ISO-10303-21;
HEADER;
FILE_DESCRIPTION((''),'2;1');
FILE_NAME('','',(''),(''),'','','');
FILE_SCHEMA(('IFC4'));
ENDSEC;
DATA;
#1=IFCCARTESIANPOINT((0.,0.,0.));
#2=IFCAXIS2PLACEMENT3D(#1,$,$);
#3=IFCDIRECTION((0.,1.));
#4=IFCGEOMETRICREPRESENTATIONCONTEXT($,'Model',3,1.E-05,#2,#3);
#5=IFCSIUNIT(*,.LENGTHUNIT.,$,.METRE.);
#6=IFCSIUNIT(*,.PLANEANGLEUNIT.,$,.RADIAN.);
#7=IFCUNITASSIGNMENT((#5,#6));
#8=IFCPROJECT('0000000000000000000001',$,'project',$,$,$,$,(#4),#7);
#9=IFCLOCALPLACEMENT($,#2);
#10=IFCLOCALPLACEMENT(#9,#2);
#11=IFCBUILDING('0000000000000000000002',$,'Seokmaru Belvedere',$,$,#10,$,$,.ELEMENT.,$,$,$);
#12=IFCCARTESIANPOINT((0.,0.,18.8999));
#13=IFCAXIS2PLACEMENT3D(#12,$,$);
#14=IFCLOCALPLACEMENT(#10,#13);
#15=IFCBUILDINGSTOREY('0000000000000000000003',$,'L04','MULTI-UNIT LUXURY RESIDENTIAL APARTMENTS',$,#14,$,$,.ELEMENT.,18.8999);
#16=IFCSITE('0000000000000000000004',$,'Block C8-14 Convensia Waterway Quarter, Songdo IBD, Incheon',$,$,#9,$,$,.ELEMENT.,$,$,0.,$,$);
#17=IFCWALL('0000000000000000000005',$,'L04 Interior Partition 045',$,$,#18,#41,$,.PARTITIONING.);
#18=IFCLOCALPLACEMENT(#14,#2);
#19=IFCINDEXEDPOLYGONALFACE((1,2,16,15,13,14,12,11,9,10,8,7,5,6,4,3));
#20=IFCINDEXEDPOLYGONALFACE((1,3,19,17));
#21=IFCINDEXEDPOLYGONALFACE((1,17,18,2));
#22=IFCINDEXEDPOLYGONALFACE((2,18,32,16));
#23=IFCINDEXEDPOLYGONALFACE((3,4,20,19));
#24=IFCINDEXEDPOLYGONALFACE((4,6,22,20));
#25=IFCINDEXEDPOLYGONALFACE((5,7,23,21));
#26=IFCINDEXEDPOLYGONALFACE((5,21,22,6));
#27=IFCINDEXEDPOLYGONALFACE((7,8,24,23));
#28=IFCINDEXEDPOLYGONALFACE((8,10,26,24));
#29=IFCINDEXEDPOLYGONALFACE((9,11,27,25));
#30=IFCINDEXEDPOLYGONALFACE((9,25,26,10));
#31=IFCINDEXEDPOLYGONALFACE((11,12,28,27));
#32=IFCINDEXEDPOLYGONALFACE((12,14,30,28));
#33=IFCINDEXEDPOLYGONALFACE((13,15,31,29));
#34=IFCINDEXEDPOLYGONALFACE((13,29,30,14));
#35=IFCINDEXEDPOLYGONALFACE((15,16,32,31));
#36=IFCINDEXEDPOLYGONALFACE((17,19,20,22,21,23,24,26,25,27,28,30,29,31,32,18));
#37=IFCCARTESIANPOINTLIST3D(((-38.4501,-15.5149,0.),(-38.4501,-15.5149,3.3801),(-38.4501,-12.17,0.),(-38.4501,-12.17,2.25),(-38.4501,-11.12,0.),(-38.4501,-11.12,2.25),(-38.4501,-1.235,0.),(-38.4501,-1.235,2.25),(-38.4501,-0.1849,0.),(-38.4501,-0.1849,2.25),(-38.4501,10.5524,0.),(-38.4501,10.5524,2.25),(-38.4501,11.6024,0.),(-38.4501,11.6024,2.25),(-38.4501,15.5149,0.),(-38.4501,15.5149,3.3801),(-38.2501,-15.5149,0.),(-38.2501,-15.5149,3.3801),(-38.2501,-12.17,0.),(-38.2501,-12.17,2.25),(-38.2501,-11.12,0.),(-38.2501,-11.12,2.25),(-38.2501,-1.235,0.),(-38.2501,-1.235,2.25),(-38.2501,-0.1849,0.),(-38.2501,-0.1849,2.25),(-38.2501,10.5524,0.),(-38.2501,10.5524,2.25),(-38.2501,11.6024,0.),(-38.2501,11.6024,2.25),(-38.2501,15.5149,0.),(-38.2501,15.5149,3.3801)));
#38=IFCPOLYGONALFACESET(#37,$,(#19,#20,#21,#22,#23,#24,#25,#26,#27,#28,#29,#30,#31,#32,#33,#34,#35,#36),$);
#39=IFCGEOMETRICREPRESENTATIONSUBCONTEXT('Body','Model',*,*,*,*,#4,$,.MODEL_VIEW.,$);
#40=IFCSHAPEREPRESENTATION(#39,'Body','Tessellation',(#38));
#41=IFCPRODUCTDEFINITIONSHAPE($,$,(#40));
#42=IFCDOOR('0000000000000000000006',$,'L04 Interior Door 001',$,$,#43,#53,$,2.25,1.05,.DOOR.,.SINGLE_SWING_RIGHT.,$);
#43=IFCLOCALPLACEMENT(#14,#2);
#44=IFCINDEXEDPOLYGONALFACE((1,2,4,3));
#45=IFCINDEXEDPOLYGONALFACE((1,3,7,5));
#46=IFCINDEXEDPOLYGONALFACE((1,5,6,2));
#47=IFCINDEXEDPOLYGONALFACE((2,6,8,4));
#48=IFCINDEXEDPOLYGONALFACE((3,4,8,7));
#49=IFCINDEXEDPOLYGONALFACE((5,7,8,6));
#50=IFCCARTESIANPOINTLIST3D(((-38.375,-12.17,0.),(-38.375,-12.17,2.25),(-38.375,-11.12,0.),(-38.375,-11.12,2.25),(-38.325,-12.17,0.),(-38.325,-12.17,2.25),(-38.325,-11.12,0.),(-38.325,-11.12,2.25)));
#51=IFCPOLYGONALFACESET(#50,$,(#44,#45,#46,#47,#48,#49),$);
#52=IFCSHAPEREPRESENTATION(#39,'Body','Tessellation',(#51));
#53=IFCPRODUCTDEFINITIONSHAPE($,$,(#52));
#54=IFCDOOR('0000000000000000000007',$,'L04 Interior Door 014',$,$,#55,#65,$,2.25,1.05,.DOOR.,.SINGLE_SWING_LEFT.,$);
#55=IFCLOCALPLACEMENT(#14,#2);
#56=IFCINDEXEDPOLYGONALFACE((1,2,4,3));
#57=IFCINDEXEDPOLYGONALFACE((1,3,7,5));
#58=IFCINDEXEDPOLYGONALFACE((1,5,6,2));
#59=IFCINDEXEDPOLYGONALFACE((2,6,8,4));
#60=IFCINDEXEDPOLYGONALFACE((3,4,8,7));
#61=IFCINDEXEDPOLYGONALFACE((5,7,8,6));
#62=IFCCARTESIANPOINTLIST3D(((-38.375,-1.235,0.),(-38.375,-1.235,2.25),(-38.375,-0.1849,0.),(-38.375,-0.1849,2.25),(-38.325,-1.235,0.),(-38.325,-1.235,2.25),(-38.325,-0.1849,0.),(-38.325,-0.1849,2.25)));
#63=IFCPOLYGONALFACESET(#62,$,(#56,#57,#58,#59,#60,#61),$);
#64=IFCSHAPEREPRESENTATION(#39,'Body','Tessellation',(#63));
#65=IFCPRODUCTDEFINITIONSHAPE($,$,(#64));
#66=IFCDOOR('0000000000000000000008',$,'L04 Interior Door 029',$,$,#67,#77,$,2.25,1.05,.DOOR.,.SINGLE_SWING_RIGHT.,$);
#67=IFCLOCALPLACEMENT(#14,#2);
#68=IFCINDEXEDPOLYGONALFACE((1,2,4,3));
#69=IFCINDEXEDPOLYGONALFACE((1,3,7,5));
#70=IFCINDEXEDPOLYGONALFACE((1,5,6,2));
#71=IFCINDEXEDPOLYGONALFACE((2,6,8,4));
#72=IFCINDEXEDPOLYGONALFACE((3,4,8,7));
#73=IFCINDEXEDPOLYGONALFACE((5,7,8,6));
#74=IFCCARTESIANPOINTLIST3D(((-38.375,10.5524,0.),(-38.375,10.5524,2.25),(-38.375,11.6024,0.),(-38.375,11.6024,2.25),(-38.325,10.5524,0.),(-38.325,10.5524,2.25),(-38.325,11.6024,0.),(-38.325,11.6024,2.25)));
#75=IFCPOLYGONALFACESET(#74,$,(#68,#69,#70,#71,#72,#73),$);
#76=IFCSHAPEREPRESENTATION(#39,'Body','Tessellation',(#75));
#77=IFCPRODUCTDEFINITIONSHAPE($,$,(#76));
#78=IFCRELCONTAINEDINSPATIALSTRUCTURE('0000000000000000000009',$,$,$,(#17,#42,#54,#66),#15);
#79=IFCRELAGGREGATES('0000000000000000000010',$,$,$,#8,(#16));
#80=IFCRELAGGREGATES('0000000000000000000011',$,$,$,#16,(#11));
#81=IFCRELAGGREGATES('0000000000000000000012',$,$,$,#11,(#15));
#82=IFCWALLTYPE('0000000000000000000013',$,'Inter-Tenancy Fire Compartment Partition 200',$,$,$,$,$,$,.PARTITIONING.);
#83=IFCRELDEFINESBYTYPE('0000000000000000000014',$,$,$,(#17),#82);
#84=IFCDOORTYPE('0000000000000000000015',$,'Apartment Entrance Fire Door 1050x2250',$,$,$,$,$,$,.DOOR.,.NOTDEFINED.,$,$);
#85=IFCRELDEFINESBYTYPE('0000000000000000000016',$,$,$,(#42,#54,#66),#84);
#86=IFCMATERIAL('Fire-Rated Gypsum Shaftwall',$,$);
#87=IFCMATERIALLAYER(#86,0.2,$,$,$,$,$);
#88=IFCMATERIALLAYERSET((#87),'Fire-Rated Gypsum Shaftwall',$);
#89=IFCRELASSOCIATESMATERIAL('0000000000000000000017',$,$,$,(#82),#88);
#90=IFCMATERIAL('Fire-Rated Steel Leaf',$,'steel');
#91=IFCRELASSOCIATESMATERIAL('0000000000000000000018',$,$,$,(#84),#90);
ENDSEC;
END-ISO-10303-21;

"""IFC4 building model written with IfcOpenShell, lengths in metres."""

from ifc_helpers import new_model, si_unit, direction, frame, frame_2d, origin, place, context, subcontext, project, spatial, rectangle, extrude, source, transform, mapped, material, layer, layer_set, type_object, type_shapes, element, fill, save


model = new_model("IFC4")

# Units and contexts
model_context = context("Model", 3, precision=1e-05, world=origin(), true_north=direction((0.0, 1.0)))
body_context = subcontext(model_context, "Body", "Model", "MODEL_VIEW")
ifc_project = project(units=[si_unit("LENGTHUNIT", "METRE"), si_unit("PLANEANGLEUNIT", "RADIAN")], contexts=[model_context])

# Site, building, storey
site_placement = place(None, origin())
site = spatial("IfcSite", under=ifc_project, at=site_placement, Name="Block C8-14 Convensia Waterway Quarter, Songdo IBD, Incheon", CompositionType="ELEMENT", RefElevation=0.0)
building_placement = place(site_placement, origin())
building = spatial("IfcBuilding", under=site, at=building_placement, Name="Seokmaru Belvedere", CompositionType="ELEMENT")
storey_placement = place(building_placement, frame((0.0, 0.0, 18.8999)))
storey = spatial("IfcBuildingStorey", under=building, at=storey_placement, Name="L04", Description="MULTI-UNIT LUXURY RESIDENTIAL APARTMENTS", CompositionType="ELEMENT", Elevation=18.8999)

# Shared definitions
ifc_material_1 = material(Name="Fire-Rated Gypsum Shaftwall")

# Wall, openings, doors
ifc_layer_1 = layer(ifc_material_1, 0.2)
ifc_layer_set_1 = layer_set([ifc_layer_1], Name="Fire-Rated Gypsum Shaftwall")
wall_type_1 = type_object("IfcWallType", Name="Inter-Tenancy Fire Compartment Partition 200", PredefinedType="PARTITIONING", material=ifc_layer_set_1)
wall_1_placement = place(storey_placement, frame((-38.3501, -15.5149, 0.0), z_axis=(0.0, 0.0, 1.0), x_axis=(0.0, 1.0, 0.0)))
wall_1 = element("IfcWall", 1, at=wall_1_placement, inside=storey, type_object=wall_type_1, Name="L04 Interior Partition 045", PredefinedType="PARTITIONING", context=body_context, shape_type="SweptSolid", body=[
    extrude(rectangle(XDim=31.0298, YDim=0.2, at=frame_2d((15.5149, 0.0))), origin(), (0.0, 0.0, 1.0), 3.3801),
])
opening_1_placement = place(wall_1_placement, frame((3.345, 0.0, 0.0)))
opening_1 = element("IfcOpeningElement", 2, at=opening_1_placement, cuts=wall_1, PredefinedType="OPENING", context=body_context, shape_type="SweptSolid", body=[
    extrude(rectangle(XDim=1.05, YDim=2.25, at=frame_2d((0.5249, 1.125))), frame((0.0, 0.1099, 0.0), z_axis=(0.0, -1.0, 0.0), x_axis=(1.0, 0.0, 0.0)), (0.0, 0.0, 1.0), 0.22),
])
opening_2_placement = place(wall_1_placement, frame((14.28, 0.0, 0.0)))
opening_2 = element("IfcOpeningElement", 3, at=opening_2_placement, cuts=wall_1, PredefinedType="OPENING", context=body_context, shape_type="SweptSolid", body=[
    extrude(rectangle(XDim=1.05, YDim=2.25, at=frame_2d((0.5249, 1.125))), frame((0.0, 0.1099, 0.0), z_axis=(0.0, -1.0, 0.0), x_axis=(1.0, 0.0, 0.0)), (0.0, 0.0, 1.0), 0.22),
])
opening_3_placement = place(wall_1_placement, frame((26.0674, 0.0, 0.0)))
opening_3 = element("IfcOpeningElement", 4, at=opening_3_placement, cuts=wall_1, PredefinedType="OPENING", context=body_context, shape_type="SweptSolid", body=[
    extrude(rectangle(XDim=1.05, YDim=2.25, at=frame_2d((0.5249, 1.125))), frame((0.0, 0.1099, 0.0), z_axis=(0.0, -1.0, 0.0), x_axis=(1.0, 0.0, 0.0)), (0.0, 0.0, 1.0), 0.22),
])
ifc_material_2 = material(Name="Fire-Rated Steel Leaf", Category="steel")
door_type_1 = type_object("IfcDoorType", Name="Apartment Entrance Fire Door 1050x2250", OperationType="NOTDEFINED", PredefinedType="DOOR", material=ifc_material_2)
shared_shape_1 = source(origin(), body_context, "Body", "SweptSolid", [
    extrude(rectangle(XDim=1.05, YDim=2.25, at=frame_2d((0.5249, 1.125))), frame((0.0, 0.0249, 0.0), z_axis=(0.0, -1.0, 0.0), x_axis=(1.0, 0.0, 0.0)), (0.0, 0.0, 1.0), 0.05),
])
type_shapes(door_type_1, [shared_shape_1])
door_1_placement = place(opening_1_placement, origin())
door_1 = element("IfcDoor", 5, at=door_1_placement, inside=storey, type_object=door_type_1, Name="L04 Interior Door 001", OperationType="SINGLE_SWING_RIGHT", OverallHeight=2.25, OverallWidth=1.05, PredefinedType="DOOR", context=body_context, shape_type="MappedRepresentation", body=[
    mapped(shared_shape_1, transform((0.0, 0.0, 0.0), scale=1.0)),
])
fill(opening_1, door_1)
door_2_placement = place(opening_2_placement, origin())
door_2 = element("IfcDoor", 6, at=door_2_placement, inside=storey, type_object=door_type_1, Name="L04 Interior Door 014", OperationType="SINGLE_SWING_LEFT", OverallHeight=2.25, OverallWidth=1.05, PredefinedType="DOOR", context=body_context, shape_type="MappedRepresentation", body=[
    mapped(shared_shape_1, transform((0.0, 0.0, 0.0), scale=1.0)),
])
fill(opening_2, door_2)
door_3_placement = place(opening_3_placement, origin())
door_3 = element("IfcDoor", 7, at=door_3_placement, inside=storey, type_object=door_type_1, Name="L04 Interior Door 029", OperationType="SINGLE_SWING_RIGHT", OverallHeight=2.25, OverallWidth=1.05, PredefinedType="DOOR", context=body_context, shape_type="MappedRepresentation", body=[
    mapped(shared_shape_1, transform((0.0, 0.0, 0.0), scale=1.0)),
])
fill(opening_3, door_3)

save(model, "model.ifc")
